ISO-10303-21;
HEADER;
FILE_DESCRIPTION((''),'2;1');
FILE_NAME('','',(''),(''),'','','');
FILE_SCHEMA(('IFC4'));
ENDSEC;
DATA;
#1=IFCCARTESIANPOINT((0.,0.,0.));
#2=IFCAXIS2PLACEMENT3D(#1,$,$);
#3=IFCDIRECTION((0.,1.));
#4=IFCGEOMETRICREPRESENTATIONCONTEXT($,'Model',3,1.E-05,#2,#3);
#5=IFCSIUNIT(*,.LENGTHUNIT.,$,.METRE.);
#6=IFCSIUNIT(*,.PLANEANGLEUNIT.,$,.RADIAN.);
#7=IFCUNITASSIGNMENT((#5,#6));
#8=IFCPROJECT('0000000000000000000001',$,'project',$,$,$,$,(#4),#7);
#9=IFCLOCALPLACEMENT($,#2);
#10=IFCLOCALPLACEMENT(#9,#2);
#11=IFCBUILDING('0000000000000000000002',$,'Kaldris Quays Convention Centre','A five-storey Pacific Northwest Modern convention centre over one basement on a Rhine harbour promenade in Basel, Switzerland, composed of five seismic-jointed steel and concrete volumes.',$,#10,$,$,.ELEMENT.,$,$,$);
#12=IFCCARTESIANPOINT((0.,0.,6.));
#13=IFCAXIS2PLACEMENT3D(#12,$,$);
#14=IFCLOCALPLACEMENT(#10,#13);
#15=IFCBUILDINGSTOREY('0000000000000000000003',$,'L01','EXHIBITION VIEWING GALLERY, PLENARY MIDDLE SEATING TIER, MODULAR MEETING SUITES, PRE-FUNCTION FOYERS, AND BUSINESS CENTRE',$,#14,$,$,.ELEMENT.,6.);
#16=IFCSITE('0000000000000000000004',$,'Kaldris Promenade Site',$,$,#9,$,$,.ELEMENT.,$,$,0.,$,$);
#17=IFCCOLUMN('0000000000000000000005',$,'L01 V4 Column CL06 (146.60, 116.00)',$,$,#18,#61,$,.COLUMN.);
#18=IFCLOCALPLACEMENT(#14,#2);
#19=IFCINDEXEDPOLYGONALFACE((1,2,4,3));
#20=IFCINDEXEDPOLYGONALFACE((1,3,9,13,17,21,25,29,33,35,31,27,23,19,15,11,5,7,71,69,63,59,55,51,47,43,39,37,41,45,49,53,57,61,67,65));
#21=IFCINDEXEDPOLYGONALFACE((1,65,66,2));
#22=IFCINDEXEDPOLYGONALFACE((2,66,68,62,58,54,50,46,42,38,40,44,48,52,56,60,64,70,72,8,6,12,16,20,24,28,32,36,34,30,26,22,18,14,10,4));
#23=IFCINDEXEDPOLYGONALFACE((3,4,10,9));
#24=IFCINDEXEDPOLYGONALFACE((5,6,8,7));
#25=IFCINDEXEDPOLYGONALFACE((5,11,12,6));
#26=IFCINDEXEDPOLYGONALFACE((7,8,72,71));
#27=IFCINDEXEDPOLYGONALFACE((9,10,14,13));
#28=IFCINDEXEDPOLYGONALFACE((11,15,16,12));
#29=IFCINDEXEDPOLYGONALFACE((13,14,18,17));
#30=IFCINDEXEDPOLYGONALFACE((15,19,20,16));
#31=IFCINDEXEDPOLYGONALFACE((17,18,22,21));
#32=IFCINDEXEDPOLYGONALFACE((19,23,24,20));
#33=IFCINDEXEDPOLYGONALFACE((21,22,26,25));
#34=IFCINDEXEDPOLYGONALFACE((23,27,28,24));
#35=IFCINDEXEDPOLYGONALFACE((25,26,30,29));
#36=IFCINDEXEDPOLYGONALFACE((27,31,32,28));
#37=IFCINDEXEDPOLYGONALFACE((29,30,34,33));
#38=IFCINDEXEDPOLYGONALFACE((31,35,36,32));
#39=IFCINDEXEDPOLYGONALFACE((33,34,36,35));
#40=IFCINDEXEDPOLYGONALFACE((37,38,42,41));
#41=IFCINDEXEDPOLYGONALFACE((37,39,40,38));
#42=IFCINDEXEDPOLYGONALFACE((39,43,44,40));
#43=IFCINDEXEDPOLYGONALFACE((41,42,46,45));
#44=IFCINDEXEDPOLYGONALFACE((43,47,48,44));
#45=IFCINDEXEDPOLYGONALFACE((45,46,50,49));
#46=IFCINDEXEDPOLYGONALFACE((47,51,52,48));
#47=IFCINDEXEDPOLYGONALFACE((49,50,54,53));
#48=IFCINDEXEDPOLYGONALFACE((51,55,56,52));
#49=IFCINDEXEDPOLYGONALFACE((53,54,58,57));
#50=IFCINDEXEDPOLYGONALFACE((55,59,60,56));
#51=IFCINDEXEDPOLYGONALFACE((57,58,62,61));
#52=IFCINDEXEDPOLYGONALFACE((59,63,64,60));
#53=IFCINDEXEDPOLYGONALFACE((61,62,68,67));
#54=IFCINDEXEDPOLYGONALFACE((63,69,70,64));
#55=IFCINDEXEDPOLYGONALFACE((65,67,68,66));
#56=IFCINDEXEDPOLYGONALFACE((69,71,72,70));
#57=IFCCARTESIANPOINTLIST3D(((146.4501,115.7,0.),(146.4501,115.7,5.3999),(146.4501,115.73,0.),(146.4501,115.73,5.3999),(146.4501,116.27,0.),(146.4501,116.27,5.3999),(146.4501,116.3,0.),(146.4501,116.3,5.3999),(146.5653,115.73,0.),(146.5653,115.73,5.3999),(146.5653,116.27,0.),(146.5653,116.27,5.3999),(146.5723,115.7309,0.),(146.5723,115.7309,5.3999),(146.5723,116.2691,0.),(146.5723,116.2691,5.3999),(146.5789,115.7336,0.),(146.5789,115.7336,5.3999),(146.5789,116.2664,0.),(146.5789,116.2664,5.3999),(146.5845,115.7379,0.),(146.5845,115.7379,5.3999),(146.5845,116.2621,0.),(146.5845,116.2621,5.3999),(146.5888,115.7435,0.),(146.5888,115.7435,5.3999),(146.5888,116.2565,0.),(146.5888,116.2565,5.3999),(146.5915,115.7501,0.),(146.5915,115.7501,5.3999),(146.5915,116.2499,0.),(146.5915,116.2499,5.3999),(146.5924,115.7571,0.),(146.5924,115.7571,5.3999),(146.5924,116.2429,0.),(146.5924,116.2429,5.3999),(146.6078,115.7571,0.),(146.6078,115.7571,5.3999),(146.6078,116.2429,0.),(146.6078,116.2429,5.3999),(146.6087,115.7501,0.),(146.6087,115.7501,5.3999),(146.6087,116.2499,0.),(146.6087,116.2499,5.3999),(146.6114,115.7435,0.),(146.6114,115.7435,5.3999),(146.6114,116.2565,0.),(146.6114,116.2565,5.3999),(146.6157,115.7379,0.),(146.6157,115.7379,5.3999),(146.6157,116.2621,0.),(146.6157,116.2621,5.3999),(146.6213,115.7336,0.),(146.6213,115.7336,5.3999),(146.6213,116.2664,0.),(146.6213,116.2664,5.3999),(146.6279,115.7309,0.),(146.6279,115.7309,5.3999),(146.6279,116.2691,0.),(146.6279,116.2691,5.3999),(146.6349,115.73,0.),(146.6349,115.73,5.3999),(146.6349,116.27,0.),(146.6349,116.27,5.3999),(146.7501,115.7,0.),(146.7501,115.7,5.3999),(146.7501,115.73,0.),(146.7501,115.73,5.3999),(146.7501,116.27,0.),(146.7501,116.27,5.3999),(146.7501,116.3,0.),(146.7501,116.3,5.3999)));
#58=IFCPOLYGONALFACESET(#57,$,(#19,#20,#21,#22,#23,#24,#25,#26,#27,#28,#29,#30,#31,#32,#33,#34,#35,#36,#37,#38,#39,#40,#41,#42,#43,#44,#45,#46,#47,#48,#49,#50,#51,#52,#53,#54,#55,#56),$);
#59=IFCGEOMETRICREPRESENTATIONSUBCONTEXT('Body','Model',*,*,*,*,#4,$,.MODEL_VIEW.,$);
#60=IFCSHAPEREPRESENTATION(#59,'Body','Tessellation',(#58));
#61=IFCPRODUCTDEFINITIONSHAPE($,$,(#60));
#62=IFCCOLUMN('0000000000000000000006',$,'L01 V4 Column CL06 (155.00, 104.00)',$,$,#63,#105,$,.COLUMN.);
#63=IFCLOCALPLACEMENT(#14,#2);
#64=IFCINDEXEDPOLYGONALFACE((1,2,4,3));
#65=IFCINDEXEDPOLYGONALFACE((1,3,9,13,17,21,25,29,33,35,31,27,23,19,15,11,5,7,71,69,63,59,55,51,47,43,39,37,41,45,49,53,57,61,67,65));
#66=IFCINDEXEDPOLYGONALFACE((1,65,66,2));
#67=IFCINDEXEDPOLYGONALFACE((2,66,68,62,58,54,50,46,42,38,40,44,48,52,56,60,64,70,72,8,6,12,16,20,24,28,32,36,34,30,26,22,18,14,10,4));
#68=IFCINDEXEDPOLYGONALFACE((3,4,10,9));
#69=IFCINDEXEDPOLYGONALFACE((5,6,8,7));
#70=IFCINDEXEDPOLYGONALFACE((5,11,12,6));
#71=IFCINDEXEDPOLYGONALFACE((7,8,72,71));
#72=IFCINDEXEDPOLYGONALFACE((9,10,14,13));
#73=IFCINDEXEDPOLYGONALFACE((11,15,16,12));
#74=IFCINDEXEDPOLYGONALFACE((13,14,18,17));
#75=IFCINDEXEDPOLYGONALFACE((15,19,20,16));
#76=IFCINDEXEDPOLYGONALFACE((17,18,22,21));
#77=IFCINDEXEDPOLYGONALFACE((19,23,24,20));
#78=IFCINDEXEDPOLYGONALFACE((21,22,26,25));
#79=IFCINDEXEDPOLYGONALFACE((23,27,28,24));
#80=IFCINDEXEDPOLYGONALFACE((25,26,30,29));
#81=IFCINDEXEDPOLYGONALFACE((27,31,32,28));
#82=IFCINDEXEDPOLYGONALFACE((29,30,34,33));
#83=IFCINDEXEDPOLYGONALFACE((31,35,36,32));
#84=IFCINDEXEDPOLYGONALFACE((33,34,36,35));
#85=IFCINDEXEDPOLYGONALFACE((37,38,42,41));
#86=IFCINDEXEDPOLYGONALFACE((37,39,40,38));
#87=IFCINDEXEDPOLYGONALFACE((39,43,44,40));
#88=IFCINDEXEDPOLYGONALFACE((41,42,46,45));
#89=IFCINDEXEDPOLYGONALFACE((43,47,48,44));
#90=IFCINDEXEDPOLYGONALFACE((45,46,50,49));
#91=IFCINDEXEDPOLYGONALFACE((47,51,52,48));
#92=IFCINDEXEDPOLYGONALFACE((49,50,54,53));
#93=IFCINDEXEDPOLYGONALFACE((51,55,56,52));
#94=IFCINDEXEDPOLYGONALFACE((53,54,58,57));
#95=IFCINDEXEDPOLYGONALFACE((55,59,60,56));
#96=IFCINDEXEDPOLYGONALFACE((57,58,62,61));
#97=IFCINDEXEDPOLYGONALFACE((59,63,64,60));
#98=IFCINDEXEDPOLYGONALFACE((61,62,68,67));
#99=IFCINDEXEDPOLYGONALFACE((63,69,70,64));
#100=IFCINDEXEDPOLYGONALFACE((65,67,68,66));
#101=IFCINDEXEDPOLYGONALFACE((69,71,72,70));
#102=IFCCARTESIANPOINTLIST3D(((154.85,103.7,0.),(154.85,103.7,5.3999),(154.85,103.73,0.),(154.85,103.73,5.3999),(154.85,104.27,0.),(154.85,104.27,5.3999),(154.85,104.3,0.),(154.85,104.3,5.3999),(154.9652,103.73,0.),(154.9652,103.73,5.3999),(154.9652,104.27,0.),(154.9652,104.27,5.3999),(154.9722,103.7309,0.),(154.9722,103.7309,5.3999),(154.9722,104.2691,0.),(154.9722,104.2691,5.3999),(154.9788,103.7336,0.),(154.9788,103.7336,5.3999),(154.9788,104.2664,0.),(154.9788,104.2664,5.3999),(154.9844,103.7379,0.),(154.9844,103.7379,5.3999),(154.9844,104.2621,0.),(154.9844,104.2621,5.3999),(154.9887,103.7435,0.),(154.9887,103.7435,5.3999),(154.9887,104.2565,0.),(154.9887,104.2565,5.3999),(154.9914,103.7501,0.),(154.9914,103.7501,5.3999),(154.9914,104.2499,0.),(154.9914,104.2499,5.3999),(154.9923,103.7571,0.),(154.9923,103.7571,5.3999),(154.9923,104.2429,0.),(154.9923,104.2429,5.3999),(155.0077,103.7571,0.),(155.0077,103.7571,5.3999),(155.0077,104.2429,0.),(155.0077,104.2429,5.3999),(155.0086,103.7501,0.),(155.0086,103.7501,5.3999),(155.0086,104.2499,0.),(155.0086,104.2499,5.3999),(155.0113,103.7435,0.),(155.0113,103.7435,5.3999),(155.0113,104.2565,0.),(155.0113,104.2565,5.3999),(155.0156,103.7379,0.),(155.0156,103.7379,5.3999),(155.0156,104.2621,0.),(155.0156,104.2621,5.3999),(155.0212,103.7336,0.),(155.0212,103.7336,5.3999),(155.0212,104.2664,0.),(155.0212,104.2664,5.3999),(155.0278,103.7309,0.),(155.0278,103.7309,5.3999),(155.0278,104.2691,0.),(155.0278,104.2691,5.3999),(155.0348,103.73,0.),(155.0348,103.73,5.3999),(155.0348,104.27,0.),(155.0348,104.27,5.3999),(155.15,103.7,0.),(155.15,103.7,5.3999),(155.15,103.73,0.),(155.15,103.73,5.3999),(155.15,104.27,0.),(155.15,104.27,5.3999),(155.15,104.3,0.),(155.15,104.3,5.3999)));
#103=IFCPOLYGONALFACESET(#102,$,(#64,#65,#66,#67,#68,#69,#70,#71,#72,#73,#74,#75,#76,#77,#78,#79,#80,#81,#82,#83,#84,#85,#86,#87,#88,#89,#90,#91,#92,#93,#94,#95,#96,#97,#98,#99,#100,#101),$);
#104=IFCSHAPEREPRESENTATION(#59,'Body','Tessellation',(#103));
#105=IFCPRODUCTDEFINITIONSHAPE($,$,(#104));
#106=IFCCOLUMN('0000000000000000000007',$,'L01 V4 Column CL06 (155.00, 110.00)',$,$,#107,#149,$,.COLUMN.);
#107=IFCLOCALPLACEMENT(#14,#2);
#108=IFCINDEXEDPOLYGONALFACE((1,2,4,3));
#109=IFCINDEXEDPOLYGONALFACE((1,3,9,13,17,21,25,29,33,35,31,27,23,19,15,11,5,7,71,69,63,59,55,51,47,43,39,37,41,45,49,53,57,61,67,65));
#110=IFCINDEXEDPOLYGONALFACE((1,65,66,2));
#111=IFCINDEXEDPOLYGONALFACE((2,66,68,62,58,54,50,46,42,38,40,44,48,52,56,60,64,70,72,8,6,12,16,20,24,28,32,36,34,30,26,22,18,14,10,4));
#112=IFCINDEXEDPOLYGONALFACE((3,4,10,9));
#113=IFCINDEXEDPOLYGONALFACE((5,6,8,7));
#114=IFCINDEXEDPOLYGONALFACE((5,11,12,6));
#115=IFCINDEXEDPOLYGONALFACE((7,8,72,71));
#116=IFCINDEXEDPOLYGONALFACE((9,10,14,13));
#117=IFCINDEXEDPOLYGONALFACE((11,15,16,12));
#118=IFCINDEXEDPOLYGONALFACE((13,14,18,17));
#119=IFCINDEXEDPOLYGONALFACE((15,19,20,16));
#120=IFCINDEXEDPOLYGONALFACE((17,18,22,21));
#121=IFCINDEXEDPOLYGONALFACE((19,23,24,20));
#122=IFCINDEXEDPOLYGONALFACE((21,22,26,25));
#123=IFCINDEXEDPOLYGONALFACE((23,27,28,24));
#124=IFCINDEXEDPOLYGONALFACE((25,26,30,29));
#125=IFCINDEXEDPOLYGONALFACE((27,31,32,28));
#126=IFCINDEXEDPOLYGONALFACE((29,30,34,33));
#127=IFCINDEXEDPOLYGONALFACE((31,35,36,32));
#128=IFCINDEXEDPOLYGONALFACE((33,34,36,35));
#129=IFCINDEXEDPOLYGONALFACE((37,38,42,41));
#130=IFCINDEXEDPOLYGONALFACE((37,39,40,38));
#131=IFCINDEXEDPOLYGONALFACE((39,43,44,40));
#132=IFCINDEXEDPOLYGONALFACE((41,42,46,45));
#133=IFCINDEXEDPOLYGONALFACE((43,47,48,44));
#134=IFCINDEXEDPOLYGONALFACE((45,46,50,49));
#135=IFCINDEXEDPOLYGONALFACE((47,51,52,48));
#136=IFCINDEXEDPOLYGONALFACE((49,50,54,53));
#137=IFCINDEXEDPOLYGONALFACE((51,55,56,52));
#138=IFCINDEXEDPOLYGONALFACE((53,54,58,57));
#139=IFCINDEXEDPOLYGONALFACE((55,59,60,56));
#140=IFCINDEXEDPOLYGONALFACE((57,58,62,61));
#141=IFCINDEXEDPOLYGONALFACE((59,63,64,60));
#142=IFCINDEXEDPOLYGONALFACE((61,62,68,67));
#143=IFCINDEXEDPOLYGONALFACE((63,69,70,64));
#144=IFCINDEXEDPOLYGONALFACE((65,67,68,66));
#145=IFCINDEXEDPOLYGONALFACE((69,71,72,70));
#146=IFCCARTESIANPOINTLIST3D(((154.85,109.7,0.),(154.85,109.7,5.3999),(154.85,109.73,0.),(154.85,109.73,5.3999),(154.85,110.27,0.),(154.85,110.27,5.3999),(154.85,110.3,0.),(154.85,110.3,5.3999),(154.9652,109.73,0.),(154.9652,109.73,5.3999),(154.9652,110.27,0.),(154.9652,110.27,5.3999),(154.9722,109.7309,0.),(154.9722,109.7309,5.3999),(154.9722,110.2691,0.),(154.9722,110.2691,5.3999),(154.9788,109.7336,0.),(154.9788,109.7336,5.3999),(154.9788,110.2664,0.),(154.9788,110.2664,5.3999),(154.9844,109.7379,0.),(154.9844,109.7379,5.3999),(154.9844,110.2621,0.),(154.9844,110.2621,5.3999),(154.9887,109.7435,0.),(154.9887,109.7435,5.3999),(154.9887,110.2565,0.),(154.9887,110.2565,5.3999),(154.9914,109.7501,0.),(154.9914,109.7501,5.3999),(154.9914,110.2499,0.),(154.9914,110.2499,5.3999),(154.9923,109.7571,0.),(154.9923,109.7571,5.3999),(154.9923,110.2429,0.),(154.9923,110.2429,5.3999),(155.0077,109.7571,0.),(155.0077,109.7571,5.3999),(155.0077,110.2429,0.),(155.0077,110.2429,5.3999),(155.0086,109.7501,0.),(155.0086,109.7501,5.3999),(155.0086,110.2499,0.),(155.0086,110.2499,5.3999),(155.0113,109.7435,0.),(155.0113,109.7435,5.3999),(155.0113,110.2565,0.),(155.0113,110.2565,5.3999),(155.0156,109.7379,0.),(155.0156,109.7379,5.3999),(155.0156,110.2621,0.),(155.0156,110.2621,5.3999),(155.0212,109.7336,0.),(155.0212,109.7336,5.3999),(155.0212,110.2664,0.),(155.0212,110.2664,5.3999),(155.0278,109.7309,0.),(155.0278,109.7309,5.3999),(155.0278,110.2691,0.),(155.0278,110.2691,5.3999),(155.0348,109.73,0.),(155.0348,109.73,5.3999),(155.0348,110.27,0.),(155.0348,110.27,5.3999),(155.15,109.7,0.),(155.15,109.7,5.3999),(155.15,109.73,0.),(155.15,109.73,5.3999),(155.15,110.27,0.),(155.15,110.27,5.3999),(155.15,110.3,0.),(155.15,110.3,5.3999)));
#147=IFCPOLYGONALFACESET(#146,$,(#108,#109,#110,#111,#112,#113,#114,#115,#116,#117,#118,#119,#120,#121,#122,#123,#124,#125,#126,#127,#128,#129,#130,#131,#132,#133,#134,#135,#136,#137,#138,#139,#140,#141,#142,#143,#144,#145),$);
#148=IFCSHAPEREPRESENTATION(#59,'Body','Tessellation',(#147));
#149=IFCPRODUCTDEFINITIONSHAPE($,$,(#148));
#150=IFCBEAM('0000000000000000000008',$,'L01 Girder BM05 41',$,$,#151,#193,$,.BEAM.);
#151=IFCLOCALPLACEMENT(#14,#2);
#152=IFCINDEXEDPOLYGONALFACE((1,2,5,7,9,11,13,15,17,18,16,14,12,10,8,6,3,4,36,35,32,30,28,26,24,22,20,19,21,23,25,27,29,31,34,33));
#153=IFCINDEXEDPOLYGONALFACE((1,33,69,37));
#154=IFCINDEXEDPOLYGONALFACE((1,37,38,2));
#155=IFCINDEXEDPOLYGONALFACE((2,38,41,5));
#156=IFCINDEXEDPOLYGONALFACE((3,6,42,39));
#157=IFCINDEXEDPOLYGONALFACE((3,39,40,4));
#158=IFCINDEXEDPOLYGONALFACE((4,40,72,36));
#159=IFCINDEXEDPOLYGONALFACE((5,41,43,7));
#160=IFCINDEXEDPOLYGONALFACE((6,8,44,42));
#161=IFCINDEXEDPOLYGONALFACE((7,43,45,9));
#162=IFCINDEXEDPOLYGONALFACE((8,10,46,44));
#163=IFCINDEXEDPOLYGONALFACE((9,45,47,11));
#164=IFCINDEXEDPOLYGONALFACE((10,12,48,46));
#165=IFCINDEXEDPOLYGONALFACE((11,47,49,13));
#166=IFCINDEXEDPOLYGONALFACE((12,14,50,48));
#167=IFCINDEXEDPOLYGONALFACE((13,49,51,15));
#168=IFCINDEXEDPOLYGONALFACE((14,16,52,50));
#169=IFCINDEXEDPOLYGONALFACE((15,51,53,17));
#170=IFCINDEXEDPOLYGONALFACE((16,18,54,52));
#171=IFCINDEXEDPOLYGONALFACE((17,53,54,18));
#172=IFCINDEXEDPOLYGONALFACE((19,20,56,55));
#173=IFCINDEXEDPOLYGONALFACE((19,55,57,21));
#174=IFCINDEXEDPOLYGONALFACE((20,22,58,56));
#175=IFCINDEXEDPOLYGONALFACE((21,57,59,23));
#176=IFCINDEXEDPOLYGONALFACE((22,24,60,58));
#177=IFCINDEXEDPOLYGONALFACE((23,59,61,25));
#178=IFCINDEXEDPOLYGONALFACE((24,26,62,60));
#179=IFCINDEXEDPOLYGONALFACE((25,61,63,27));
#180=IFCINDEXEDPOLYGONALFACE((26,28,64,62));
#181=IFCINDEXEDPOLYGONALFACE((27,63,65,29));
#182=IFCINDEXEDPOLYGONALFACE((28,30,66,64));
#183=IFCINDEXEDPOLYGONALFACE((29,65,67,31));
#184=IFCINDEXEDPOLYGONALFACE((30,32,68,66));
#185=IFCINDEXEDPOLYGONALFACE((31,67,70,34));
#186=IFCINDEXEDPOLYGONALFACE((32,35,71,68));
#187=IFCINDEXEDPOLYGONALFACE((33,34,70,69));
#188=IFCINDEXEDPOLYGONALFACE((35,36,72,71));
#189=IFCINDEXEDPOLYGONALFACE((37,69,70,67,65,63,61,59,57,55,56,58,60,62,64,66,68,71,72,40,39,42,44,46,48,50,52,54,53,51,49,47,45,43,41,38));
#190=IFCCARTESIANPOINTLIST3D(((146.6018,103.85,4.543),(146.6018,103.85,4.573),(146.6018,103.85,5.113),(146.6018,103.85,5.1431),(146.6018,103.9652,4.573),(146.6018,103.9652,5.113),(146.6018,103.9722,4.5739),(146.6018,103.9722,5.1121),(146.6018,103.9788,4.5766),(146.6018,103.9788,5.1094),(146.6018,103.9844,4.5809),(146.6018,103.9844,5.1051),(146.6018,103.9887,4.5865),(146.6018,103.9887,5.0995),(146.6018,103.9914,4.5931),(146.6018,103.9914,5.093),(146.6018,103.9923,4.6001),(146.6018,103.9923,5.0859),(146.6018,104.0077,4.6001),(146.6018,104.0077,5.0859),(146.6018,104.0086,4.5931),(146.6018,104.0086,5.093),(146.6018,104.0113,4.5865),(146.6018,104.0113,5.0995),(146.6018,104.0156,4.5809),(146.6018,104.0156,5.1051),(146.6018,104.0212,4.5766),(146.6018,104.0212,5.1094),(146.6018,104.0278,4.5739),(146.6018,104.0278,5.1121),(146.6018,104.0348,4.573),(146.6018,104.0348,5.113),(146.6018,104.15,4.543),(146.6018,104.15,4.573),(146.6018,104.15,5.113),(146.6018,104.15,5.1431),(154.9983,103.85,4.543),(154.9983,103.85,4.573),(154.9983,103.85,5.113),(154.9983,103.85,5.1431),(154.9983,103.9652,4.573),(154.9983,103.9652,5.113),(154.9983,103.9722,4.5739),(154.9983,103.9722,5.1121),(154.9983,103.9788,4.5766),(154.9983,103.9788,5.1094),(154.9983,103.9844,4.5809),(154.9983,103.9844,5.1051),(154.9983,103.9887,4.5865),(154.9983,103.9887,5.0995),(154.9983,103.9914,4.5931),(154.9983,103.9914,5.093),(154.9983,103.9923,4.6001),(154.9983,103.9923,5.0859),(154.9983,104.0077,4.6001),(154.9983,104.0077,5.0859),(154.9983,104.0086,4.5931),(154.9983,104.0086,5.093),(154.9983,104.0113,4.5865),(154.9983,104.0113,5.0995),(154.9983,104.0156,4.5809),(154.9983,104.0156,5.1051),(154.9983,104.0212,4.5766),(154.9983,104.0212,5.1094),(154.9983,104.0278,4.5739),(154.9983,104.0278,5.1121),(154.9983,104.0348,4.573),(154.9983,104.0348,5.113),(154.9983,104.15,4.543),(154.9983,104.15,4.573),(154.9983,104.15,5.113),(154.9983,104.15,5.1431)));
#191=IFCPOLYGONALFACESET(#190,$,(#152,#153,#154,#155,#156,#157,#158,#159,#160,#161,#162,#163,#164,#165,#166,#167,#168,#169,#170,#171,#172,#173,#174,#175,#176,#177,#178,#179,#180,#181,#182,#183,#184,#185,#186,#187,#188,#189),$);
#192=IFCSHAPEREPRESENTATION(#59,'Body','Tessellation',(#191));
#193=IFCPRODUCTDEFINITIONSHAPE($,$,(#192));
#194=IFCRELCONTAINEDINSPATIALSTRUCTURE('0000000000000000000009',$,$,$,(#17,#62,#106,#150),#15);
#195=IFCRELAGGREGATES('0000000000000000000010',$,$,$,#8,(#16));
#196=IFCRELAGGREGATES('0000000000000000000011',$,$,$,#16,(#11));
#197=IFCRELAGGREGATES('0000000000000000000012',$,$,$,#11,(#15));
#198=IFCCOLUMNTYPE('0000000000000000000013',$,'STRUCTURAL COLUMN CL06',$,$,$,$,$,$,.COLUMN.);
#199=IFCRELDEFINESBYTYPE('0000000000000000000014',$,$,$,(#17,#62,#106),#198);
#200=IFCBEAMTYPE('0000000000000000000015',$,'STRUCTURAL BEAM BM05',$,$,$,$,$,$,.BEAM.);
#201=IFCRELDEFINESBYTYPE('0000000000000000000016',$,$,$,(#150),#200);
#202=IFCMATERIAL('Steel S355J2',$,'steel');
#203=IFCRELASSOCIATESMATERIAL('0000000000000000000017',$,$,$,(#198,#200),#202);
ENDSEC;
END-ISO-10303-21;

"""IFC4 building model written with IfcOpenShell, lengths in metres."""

from ifc_helpers import new_model, si_unit, direction, frame, origin, origin_2d, place, context, subcontext, project, spatial, i_section, extrude, material, material_profile, profile_set, type_object, element, save


model = new_model("IFC4")

# Units and contexts
model_context = context("Model", 3, precision=1e-05, world=origin(), true_north=direction((0.0, 1.0)))
body_context = subcontext(model_context, "Body", "Model", "MODEL_VIEW")
ifc_project = project(units=[si_unit("LENGTHUNIT", "METRE"), si_unit("PLANEANGLEUNIT", "RADIAN")], contexts=[model_context])

# Site, building, storey
site_placement = place(None, origin())
site = spatial("IfcSite", under=ifc_project, at=site_placement, Name="Kaldris Promenade Site", CompositionType="ELEMENT", RefElevation=0.0)
building_placement = place(site_placement, origin())
building = spatial("IfcBuilding", under=site, at=building_placement, Name="Kaldris Quays Convention Centre", Description="A five-storey Pacific Northwest Modern convention centre over one basement on a Rhine harbour promenade in Basel, Switzerland, composed of five seismic-jointed steel and concrete volumes.", CompositionType="ELEMENT")
storey_placement = place(building_placement, frame((0.0, 0.0, 6.0)))
storey = spatial("IfcBuildingStorey", under=building, at=storey_placement, Name="L01", Description="EXHIBITION VIEWING GALLERY, PLENARY MIDDLE SEATING TIER, MODULAR MEETING SUITES, PRE-FUNCTION FOYERS, AND BUSINESS CENTRE", CompositionType="ELEMENT", Elevation=6.0)

# Columns
ifc_material_1 = material(Name="Steel S355J2", Category="steel")
ifc_material_profile_1 = material_profile(ifc_material_1, i_section(OverallWidth=0.3, OverallDepth=0.6001, WebThickness=0.0154, FlangeThickness=0.03, FilletRadius=0.0271, at=origin_2d()), Name="HEB 600")
ifc_profile_set_1 = profile_set([ifc_material_profile_1], Name="Steel S355J2")
column_type_1 = type_object("IfcColumnType", Name="STRUCTURAL COLUMN CL06", PredefinedType="COLUMN", material=ifc_profile_set_1)
for number, where, z_axis, x_axis, name in (
    (1, (146.6001, 116.0, 0.0), (0.0, 0.0, 1.0), (1.0, 0.0, 0.0), "L01 V4 Column CL06 (146.60, 116.00)"),
    (2, (155.0, 104.0, 0.0), (0.0, 0.0, 1.0), (1.0, 0.0, 0.0), "L01 V4 Column CL06 (155.00, 104.00)"),
    (3, (155.0, 110.0, 0.0), (0.0, 0.0, 1.0), (1.0, 0.0, 0.0), "L01 V4 Column CL06 (155.00, 110.00)"),
):
    element("IfcColumn", number, at=place(storey_placement, frame(where, z_axis=z_axis, x_axis=x_axis)), inside=storey, type_object=column_type_1, Name=name, PredefinedType="COLUMN", context=body_context, shape_type="SweptSolid", body=[
        extrude(i_section(OverallWidth=0.3, OverallDepth=0.6001, WebThickness=0.0154, FlangeThickness=0.03, FilletRadius=0.0271, at=origin_2d()), origin(), (0.0, 0.0, 1.0), 5.3999),
    ])

# Beam
ifc_material_profile_2 = material_profile(ifc_material_1, i_section(OverallWidth=0.3, OverallDepth=0.6001, WebThickness=0.0154, FlangeThickness=0.03, FilletRadius=0.0271, at=origin_2d()), Name="HEB 600")
ifc_profile_set_2 = profile_set([ifc_material_profile_2], Name="Steel S355J2")
beam_type_1 = type_object("IfcBeamType", Name="STRUCTURAL BEAM BM05", PredefinedType="BEAM", material=ifc_profile_set_2)
for number, where, z_axis, x_axis, name in (
    (4, (146.6018, 104.0, 4.843), (1.0, 0.0, 0.0), (0.0, 1.0, 0.0), "L01 Girder BM05 41"),
):
    element("IfcBeam", number, at=place(storey_placement, frame(where, z_axis=z_axis, x_axis=x_axis)), inside=storey, type_object=beam_type_1, Name=name, PredefinedType="BEAM", context=body_context, shape_type="SweptSolid", body=[
        extrude(i_section(OverallWidth=0.3, OverallDepth=0.6001, WebThickness=0.0154, FlangeThickness=0.03, FilletRadius=0.0271, at=origin_2d()), origin(), (0.0, 0.0, 1.0), 8.3965),
    ])

save(model, "model.ifc")
